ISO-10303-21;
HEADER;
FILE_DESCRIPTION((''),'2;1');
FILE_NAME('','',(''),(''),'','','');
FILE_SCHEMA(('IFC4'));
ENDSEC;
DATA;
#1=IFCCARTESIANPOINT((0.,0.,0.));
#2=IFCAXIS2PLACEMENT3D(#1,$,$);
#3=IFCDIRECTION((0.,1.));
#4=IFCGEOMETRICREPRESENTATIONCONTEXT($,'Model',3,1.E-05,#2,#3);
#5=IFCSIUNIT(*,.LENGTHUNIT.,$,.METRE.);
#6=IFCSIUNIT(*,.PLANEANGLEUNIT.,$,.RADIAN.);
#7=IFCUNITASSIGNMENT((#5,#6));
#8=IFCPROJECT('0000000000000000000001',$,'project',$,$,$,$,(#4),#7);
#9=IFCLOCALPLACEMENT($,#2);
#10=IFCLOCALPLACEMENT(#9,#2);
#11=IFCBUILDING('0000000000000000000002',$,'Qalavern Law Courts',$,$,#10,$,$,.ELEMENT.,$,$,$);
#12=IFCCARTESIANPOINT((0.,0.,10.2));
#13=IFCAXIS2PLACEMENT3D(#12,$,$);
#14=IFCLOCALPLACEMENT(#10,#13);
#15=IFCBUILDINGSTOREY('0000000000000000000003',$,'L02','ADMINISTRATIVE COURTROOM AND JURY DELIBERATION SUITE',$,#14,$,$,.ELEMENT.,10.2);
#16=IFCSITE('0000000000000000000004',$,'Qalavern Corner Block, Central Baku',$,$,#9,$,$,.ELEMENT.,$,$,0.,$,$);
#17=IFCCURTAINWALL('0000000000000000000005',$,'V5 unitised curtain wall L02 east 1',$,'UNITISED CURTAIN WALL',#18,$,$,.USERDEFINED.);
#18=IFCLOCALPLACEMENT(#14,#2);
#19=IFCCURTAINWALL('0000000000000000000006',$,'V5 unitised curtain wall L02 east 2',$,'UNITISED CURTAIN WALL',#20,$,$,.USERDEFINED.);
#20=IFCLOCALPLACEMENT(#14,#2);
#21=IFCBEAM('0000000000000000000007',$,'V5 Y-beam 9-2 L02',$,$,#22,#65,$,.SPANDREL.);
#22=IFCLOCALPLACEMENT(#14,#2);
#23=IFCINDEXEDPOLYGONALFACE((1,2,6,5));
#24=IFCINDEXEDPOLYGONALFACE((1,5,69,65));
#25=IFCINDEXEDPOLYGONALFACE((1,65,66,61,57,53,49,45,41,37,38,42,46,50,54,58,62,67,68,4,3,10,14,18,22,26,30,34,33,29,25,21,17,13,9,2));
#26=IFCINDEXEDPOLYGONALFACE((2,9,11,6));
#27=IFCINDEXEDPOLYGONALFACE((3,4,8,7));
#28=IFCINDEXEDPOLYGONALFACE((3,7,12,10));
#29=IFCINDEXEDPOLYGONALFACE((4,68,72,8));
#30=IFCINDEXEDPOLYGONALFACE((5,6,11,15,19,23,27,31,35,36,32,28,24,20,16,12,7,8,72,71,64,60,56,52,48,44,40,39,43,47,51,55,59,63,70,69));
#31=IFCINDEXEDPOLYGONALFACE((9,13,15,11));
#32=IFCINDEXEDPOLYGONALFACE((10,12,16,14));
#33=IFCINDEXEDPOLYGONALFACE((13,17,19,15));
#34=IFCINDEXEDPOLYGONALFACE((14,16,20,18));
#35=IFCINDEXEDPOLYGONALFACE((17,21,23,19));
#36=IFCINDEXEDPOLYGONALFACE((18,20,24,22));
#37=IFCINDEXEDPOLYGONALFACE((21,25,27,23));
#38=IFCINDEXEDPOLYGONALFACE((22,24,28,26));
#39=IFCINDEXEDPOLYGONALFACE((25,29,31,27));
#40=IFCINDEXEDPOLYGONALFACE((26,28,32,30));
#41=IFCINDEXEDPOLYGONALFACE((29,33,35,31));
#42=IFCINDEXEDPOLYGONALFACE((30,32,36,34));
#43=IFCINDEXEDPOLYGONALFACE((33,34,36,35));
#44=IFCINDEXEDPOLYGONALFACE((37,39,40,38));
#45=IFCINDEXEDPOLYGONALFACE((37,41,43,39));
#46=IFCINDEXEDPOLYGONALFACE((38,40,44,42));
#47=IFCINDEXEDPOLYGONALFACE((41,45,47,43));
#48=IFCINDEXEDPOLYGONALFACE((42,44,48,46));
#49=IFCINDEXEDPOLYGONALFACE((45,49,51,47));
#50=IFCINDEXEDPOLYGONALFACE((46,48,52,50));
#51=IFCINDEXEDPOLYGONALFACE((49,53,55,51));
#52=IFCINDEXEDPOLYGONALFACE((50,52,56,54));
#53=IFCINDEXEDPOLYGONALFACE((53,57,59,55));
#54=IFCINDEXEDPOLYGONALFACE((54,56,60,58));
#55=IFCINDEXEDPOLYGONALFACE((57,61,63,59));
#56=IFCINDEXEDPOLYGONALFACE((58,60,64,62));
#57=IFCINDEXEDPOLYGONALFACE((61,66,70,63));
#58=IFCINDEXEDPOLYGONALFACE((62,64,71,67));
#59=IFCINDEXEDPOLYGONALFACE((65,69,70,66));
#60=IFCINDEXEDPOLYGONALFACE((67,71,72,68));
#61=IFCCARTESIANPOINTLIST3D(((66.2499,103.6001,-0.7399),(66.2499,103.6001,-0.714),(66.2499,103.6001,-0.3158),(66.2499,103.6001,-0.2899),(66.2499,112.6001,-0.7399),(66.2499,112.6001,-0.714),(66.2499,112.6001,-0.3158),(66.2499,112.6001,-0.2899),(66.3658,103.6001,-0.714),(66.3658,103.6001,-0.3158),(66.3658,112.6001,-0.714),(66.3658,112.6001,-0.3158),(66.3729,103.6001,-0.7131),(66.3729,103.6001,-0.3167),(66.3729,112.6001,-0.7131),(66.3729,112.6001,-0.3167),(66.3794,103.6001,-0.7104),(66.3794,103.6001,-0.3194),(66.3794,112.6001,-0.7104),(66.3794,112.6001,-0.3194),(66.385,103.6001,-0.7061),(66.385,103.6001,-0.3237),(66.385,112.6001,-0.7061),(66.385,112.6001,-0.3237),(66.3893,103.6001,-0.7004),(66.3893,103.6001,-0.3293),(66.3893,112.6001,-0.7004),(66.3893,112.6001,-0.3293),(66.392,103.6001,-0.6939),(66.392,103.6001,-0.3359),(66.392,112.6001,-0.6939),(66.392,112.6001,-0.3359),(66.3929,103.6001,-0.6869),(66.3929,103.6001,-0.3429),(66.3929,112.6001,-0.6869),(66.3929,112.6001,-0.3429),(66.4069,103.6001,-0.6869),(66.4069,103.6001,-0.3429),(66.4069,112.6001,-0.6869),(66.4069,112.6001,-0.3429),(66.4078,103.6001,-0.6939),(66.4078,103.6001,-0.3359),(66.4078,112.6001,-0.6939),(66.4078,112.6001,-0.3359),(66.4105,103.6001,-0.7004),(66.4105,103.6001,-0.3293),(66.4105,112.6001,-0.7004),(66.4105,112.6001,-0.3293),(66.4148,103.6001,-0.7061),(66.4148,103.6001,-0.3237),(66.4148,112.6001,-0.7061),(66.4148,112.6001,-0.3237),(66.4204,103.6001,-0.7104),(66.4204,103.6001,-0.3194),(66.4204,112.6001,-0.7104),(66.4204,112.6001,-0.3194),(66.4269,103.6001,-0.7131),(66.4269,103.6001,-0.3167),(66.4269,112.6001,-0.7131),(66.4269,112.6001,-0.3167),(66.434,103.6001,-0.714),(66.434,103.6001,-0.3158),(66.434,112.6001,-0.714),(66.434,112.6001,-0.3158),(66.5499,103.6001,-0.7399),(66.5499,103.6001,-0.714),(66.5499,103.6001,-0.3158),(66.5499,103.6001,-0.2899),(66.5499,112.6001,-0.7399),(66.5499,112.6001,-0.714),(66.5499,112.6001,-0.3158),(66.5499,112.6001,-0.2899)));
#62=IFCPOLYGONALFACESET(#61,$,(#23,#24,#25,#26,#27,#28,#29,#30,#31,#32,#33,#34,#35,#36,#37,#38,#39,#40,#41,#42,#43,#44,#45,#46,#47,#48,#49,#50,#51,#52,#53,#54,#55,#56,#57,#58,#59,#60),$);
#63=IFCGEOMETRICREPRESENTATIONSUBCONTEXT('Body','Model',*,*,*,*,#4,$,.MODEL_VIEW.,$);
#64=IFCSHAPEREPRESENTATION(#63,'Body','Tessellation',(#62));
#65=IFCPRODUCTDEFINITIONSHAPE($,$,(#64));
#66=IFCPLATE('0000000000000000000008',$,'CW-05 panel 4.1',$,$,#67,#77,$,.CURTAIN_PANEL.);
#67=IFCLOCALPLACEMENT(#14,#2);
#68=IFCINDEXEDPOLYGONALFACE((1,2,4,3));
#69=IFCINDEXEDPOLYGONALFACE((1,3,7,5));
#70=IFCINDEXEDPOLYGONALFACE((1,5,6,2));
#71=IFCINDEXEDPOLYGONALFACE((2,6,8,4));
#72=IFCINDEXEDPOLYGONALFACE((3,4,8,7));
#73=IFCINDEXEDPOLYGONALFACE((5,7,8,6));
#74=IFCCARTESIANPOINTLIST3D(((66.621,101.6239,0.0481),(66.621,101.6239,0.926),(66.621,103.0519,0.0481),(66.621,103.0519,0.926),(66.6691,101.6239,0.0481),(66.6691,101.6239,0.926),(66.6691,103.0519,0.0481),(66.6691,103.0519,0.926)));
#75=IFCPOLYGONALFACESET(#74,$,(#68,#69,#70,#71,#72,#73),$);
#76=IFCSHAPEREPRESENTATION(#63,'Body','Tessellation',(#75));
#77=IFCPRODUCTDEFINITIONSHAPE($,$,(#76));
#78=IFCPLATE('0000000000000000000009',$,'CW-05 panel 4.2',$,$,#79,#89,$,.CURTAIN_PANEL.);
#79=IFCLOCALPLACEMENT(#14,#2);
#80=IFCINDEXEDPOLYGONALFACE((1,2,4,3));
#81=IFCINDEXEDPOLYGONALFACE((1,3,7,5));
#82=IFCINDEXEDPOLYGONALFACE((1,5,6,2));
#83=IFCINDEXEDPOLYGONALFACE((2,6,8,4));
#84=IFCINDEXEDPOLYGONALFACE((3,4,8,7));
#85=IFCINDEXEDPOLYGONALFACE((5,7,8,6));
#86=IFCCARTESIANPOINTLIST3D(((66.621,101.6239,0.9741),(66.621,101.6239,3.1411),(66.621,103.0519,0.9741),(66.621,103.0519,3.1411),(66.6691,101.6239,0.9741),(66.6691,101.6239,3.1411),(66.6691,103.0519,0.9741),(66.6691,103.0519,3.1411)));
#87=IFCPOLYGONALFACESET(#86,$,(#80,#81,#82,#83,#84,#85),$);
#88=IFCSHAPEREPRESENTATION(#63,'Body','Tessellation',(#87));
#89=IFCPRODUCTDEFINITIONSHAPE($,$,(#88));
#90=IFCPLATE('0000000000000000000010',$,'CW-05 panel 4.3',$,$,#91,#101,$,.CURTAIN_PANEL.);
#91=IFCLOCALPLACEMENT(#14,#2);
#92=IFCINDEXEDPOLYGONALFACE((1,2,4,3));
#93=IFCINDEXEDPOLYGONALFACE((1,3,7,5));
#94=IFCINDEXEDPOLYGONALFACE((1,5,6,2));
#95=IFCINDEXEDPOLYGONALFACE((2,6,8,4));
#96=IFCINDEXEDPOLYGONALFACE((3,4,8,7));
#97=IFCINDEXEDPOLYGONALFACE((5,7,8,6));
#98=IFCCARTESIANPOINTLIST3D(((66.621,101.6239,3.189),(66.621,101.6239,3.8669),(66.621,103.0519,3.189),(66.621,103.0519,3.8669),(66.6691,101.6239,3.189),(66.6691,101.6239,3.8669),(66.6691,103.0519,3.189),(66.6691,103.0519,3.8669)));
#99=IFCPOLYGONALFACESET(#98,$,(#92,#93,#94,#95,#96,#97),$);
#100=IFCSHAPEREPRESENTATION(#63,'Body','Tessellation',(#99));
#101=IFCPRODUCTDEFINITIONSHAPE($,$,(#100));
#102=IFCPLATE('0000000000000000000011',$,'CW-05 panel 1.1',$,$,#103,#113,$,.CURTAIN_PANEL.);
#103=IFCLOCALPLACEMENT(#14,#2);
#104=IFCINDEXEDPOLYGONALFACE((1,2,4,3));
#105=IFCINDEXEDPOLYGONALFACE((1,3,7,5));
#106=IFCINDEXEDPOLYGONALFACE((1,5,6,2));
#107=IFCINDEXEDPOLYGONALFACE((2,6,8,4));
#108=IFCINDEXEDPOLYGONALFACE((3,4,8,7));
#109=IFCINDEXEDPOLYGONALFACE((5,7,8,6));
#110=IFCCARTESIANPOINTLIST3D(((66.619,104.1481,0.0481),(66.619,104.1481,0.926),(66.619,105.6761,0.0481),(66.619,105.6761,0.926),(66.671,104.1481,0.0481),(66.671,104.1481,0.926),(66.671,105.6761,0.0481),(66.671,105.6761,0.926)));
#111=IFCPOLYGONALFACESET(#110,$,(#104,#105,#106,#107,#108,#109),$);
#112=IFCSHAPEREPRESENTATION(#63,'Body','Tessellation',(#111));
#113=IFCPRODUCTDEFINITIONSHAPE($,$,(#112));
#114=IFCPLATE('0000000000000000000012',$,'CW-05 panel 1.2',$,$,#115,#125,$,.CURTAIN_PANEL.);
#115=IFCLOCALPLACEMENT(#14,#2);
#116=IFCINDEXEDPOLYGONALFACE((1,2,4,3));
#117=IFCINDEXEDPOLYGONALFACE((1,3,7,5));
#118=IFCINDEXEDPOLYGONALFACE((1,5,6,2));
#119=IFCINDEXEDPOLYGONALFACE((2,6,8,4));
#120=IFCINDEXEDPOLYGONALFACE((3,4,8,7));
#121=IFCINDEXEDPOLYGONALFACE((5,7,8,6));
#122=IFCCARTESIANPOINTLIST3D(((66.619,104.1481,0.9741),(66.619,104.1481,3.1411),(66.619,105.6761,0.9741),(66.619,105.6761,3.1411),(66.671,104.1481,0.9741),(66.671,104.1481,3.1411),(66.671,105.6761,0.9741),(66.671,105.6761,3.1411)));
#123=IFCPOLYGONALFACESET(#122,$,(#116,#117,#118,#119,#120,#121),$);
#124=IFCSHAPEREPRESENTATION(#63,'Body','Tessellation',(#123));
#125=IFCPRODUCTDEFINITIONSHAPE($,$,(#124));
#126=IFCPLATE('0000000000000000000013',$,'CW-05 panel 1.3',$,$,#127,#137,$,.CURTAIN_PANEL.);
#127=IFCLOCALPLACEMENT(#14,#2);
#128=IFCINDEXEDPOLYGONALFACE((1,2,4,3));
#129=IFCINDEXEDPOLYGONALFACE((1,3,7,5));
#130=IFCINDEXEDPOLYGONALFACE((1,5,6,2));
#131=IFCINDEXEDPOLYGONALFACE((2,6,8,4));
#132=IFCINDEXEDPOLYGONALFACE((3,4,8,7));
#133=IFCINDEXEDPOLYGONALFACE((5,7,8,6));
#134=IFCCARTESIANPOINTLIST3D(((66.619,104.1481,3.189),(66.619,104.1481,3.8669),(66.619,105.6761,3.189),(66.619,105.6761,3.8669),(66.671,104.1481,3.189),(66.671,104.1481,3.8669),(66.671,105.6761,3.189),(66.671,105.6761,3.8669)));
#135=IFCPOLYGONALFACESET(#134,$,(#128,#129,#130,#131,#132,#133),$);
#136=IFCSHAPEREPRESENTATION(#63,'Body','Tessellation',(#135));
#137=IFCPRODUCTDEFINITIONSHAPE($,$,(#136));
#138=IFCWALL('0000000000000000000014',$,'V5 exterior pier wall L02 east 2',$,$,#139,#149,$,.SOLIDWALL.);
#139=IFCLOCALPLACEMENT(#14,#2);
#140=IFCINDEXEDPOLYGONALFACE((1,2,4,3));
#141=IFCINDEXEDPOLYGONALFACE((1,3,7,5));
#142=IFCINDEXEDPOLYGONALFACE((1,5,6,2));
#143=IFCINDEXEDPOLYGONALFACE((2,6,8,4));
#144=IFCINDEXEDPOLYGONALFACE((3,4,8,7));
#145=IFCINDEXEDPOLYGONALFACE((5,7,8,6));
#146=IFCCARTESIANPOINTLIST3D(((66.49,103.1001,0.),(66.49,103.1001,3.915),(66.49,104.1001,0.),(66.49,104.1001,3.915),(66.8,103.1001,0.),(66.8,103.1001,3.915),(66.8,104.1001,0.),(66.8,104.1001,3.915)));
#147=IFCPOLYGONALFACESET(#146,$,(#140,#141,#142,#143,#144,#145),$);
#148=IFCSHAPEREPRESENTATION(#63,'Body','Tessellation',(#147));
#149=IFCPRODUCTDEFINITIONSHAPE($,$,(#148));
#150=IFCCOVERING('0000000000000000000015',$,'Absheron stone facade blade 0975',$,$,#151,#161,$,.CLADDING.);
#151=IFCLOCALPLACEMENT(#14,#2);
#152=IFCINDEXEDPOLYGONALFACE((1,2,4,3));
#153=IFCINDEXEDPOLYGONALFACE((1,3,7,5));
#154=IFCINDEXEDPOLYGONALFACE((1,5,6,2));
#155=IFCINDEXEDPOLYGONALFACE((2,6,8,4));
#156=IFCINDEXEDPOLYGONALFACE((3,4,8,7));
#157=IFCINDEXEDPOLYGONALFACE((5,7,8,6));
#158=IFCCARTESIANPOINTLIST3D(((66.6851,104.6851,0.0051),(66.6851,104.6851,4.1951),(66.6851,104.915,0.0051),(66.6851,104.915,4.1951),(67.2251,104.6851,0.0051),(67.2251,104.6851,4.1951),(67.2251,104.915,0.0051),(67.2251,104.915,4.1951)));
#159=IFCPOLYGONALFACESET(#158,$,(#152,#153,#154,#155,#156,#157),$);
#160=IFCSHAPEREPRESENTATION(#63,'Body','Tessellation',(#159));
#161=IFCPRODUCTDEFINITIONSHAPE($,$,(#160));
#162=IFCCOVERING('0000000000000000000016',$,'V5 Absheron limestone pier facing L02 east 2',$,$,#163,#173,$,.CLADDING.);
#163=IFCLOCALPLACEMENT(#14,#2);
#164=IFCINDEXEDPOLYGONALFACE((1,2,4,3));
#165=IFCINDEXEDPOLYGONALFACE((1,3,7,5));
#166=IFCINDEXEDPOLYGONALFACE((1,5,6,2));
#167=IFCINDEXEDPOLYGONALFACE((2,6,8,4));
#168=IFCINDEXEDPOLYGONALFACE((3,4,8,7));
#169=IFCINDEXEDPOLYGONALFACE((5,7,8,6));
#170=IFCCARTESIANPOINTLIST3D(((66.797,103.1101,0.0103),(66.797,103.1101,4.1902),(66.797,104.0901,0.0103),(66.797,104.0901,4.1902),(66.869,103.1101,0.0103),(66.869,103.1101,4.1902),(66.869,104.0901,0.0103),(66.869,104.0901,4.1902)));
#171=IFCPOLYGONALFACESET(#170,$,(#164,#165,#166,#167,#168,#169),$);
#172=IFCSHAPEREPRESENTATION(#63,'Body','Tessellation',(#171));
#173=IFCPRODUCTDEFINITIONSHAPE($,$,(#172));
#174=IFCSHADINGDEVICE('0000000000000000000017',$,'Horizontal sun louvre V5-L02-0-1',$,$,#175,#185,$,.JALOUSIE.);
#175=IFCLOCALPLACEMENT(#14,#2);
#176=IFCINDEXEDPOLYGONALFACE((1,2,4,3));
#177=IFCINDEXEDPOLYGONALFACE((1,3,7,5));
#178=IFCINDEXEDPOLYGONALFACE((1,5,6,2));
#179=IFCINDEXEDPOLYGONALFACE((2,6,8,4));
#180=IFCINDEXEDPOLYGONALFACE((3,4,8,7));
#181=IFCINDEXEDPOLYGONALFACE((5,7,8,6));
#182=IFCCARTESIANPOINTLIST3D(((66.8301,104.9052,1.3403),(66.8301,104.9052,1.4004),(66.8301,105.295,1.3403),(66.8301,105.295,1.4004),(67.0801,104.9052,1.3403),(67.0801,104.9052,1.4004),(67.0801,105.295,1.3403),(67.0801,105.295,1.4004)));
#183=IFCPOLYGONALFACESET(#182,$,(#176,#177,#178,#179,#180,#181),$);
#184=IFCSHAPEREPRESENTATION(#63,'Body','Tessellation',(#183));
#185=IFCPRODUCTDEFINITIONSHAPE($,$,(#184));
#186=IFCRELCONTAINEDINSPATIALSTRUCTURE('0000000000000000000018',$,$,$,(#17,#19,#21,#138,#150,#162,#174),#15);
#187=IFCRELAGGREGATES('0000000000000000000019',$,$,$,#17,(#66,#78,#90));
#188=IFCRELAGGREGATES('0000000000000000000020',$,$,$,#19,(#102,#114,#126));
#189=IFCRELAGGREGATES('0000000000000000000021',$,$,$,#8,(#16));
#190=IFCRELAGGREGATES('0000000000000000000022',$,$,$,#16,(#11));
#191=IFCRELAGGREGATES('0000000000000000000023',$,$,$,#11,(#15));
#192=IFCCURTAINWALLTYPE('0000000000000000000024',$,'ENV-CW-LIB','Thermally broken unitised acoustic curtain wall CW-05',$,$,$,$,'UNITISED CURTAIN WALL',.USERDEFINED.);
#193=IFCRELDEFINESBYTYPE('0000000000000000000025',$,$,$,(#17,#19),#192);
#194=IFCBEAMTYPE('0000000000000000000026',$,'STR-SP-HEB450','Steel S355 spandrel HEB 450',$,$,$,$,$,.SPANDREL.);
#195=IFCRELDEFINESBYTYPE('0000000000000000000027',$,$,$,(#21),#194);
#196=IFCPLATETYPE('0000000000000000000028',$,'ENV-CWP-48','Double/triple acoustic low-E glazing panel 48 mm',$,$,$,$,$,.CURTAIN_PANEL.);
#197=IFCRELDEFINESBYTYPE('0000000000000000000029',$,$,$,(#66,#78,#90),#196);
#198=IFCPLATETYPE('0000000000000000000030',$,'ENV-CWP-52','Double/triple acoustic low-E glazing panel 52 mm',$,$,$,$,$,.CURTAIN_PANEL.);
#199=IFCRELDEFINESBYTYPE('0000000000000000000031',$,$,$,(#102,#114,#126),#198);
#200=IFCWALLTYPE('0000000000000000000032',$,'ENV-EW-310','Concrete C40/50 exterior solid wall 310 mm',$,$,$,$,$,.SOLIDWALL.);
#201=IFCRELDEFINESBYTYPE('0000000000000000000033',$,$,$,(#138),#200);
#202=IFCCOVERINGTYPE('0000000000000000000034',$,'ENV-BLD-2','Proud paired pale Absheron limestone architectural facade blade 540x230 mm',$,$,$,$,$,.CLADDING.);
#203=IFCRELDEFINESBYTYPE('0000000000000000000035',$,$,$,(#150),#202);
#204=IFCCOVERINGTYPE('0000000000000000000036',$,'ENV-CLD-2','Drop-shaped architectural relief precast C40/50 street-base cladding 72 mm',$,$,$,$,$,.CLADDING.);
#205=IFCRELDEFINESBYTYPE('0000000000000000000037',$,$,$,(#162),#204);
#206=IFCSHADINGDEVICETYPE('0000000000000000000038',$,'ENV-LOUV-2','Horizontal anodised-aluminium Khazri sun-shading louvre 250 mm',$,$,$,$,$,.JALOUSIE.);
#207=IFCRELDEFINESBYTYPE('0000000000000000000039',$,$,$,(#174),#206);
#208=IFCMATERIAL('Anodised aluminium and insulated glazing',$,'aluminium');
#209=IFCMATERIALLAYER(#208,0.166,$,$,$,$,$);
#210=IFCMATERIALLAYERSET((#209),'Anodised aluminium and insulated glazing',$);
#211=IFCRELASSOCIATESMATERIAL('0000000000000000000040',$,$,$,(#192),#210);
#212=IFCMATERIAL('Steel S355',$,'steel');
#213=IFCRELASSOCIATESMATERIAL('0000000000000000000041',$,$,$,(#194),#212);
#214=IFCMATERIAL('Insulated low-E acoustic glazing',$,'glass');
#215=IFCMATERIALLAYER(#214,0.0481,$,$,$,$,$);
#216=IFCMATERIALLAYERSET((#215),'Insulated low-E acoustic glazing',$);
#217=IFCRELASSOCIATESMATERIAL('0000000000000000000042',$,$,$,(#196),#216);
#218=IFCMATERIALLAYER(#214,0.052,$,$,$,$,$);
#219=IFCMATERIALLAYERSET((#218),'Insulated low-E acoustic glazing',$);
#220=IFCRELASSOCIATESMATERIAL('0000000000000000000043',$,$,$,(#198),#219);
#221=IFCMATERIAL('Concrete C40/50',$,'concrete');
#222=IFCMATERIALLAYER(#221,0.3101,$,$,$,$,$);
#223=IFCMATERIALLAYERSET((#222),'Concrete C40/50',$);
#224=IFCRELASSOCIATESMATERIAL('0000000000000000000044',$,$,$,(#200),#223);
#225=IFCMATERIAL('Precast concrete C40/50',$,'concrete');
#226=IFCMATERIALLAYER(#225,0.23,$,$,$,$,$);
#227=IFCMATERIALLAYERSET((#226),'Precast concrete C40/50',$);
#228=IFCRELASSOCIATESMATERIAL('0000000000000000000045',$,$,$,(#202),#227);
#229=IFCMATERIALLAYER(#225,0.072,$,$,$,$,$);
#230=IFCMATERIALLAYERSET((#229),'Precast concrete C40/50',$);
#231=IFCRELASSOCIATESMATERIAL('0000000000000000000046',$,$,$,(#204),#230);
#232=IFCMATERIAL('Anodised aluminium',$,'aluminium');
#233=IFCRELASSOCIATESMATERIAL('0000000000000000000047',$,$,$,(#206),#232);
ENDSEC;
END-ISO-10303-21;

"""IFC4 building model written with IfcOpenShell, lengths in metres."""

from ifc_helpers import new_model, si_unit, direction, frame, frame_2d, origin, origin_2d, place, context, subcontext, project, spatial, rectangle, i_section, extrude, material, layer, layer_set, material_profile, profile_set, type_object, element, aggregate, save


model = new_model("IFC4")

# Units and contexts
model_context = context("Model", 3, precision=1e-05, world=origin(), true_north=direction((0.0, 1.0)))
body_context = subcontext(model_context, "Body", "Model", "MODEL_VIEW")
ifc_project = project(units=[si_unit("LENGTHUNIT", "METRE"), si_unit("PLANEANGLEUNIT", "RADIAN")], contexts=[model_context])

# Site, building, storey
site_placement = place(None, origin())
site = spatial("IfcSite", under=ifc_project, at=site_placement, Name="Qalavern Corner Block, Central Baku", CompositionType="ELEMENT", RefElevation=0.0)
building_placement = place(site_placement, origin())
building = spatial("IfcBuilding", under=site, at=building_placement, Name="Qalavern Law Courts", CompositionType="ELEMENT")
storey_placement = place(building_placement, frame((0.0, 0.0, 10.2)))
storey = spatial("IfcBuildingStorey", under=building, at=storey_placement, Name="L02", Description="ADMINISTRATIVE COURTROOM AND JURY DELIBERATION SUITE", CompositionType="ELEMENT", Elevation=10.2)

# Curtain walls
ifc_material_1 = material(Name="Anodised aluminium and insulated glazing", Category="aluminium")
ifc_layer_1 = layer(ifc_material_1, 0.166)
ifc_layer_set_1 = layer_set([ifc_layer_1], Name="Anodised aluminium and insulated glazing")
curtain_wall_type = type_object("IfcCurtainWallType", Name="ENV-CW-LIB", Description="Thermally broken unitised acoustic curtain wall CW-05", ElementType="UNITISED CURTAIN WALL", PredefinedType="USERDEFINED", material=ifc_layer_set_1)
curtain_wall_1_placement = place(storey_placement, origin())
curtain_wall_1 = element("IfcCurtainWall", 1, at=curtain_wall_1_placement, inside=storey, type_object=curtain_wall_type, Name="V5 unitised curtain wall L02 east 1", ObjectType="UNITISED CURTAIN WALL", PredefinedType="USERDEFINED")
ifc_material_2 = material(Name="Anodised aluminium", Category="aluminium")
curtain_wall_2_placement = place(storey_placement, origin())
curtain_wall_2 = element("IfcCurtainWall", 2, at=curtain_wall_2_placement, inside=storey, type_object=curtain_wall_type, Name="V5 unitised curtain wall L02 east 2", ObjectType="UNITISED CURTAIN WALL", PredefinedType="USERDEFINED")

# Beam
ifc_material_3 = material(Name="Steel S355", Category="steel")
ifc_material_profile_1 = material_profile(ifc_material_3, i_section(OverallWidth=0.3, OverallDepth=0.45, WebThickness=0.0139, FlangeThickness=0.0259, FilletRadius=0.0271, at=origin_2d()), Name="HEB 450")
ifc_profile_set_1 = profile_set([ifc_material_profile_1], Name="Steel S355")
beam_type = type_object("IfcBeamType", Name="STR-SP-HEB450", Description="Steel S355 spandrel HEB 450", PredefinedType="SPANDREL", material=ifc_profile_set_1)
beam_placement = place(storey_placement, frame((66.3999, 103.6001, -0.5149), z_axis=(0.0, 1.0, 0.0), x_axis=(-1.0, 0.0, 0.0)))
element("IfcBeam", 3, at=beam_placement, inside=storey, type_object=beam_type, Name="V5 Y-beam 9-2 L02", PredefinedType="SPANDREL", context=body_context, shape_type="SweptSolid", body=[
    extrude(i_section(OverallWidth=0.3, OverallDepth=0.45, WebThickness=0.0139, FlangeThickness=0.0259, FilletRadius=0.0271, at=origin_2d()), origin(), (0.0, 0.0, 1.0), 9.0),
])

# Plates
ifc_material_4 = material(Name="Insulated low-E acoustic glazing", Category="glass")
ifc_layer_2 = layer(ifc_material_4, 0.0481)
ifc_layer_set_2 = layer_set([ifc_layer_2], Name="Insulated low-E acoustic glazing")
plate_type_1 = type_object("IfcPlateType", Name="ENV-CWP-48", Description="Double/triple acoustic low-E glazing panel 48 mm", PredefinedType="CURTAIN_PANEL", material=ifc_layer_set_2)
plate_1_placement = place(storey_placement, frame((66.645, 102.3379, 0.0481), z_axis=(0.0, 0.0, 1.0), x_axis=(0.0, 1.0, 0.0)))
plate_1 = element("IfcPlate", 4, at=plate_1_placement, type_object=plate_type_1, Name="CW-05 panel 4.1", PredefinedType="CURTAIN_PANEL", context=body_context, shape_type="SweptSolid", body=[
    extrude(rectangle(XDim=1.428, YDim=0.0481, at=origin_2d()), origin(), (0.0, 0.0, 1.0), 0.8779),
])
plate_2_placement = place(storey_placement, frame((66.645, 102.3379, 0.9741), z_axis=(0.0, 0.0, 1.0), x_axis=(0.0, 1.0, 0.0)))
plate_2 = element("IfcPlate", 5, at=plate_2_placement, type_object=plate_type_1, Name="CW-05 panel 4.2", PredefinedType="CURTAIN_PANEL", context=body_context, shape_type="SweptSolid", body=[
    extrude(rectangle(XDim=1.428, YDim=0.0481, at=origin_2d()), origin(), (0.0, 0.0, 1.0), 2.167),
])
plate_3_placement = place(storey_placement, frame((66.645, 102.3379, 3.189), z_axis=(0.0, 0.0, 1.0), x_axis=(0.0, 1.0, 0.0)))
plate_3 = element("IfcPlate", 6, at=plate_3_placement, type_object=plate_type_1, Name="CW-05 panel 4.3", PredefinedType="CURTAIN_PANEL", context=body_context, shape_type="SweptSolid", body=[
    extrude(rectangle(XDim=1.428, YDim=0.0481, at=origin_2d()), origin(), (0.0, 0.0, 1.0), 0.678),
])
aggregate(curtain_wall_1, [plate_1, plate_2, plate_3])
ifc_layer_3 = layer(ifc_material_4, 0.052)
ifc_layer_set_3 = layer_set([ifc_layer_3], Name="Insulated low-E acoustic glazing")
plate_type_2 = type_object("IfcPlateType", Name="ENV-CWP-52", Description="Double/triple acoustic low-E glazing panel 52 mm", PredefinedType="CURTAIN_PANEL", material=ifc_layer_set_3)
plate_4_placement = place(storey_placement, frame((66.645, 104.9121, 0.0481), z_axis=(0.0, 0.0, 1.0), x_axis=(0.0, 1.0, 0.0)))
plate_4 = element("IfcPlate", 7, at=plate_4_placement, type_object=plate_type_2, Name="CW-05 panel 1.1", PredefinedType="CURTAIN_PANEL", context=body_context, shape_type="SweptSolid", body=[
    extrude(rectangle(XDim=1.5281, YDim=0.052, at=origin_2d()), origin(), (0.0, 0.0, 1.0), 0.8779),
])
plate_5_placement = place(storey_placement, frame((66.645, 104.9121, 0.9741), z_axis=(0.0, 0.0, 1.0), x_axis=(0.0, 1.0, 0.0)))
plate_5 = element("IfcPlate", 8, at=plate_5_placement, type_object=plate_type_2, Name="CW-05 panel 1.2", PredefinedType="CURTAIN_PANEL", context=body_context, shape_type="SweptSolid", body=[
    extrude(rectangle(XDim=1.5281, YDim=0.052, at=origin_2d()), origin(), (0.0, 0.0, 1.0), 2.167),
])
plate_6_placement = place(storey_placement, frame((66.645, 104.9121, 3.189), z_axis=(0.0, 0.0, 1.0), x_axis=(0.0, 1.0, 0.0)))
plate_6 = element("IfcPlate", 9, at=plate_6_placement, type_object=plate_type_2, Name="CW-05 panel 1.3", PredefinedType="CURTAIN_PANEL", context=body_context, shape_type="SweptSolid", body=[
    extrude(rectangle(XDim=1.5281, YDim=0.052, at=origin_2d()), origin(), (0.0, 0.0, 1.0), 0.678),
])
aggregate(curtain_wall_2, [plate_4, plate_5, plate_6])

# Wall
ifc_material_5 = material(Name="Concrete C40/50", Category="concrete")
ifc_layer_4 = layer(ifc_material_5, 0.3101)
ifc_layer_set_4 = layer_set([ifc_layer_4], Name="Concrete C40/50")
wall_type = type_object("IfcWallType", Name="ENV-EW-310", Description="Concrete C40/50 exterior solid wall 310 mm", PredefinedType="SOLIDWALL", material=ifc_layer_set_4)
wall_placement = place(storey_placement, frame((66.645, 103.1001, 0.0), z_axis=(0.0, 0.0, 1.0), x_axis=(0.0, 1.0, 0.0)))
element("IfcWall", 10, at=wall_placement, inside=storey, type_object=wall_type, Name="V5 exterior pier wall L02 east 2", PredefinedType="SOLIDWALL", context=body_context, shape_type="SweptSolid", body=[
    extrude(rectangle(XDim=1.0, YDim=0.3101, at=frame_2d((0.5, 0.0))), origin(), (0.0, 0.0, 1.0), 3.915),
])

# Coverings
ifc_material_6 = material(Name="Precast concrete C40/50", Category="concrete")
ifc_layer_5 = layer(ifc_material_6, 0.23)
ifc_layer_set_5 = layer_set([ifc_layer_5], Name="Precast concrete C40/50")
covering_type_1 = type_object("IfcCoveringType", Name="ENV-BLD-2", Description="Proud paired pale Absheron limestone architectural facade blade 540x230 mm", PredefinedType="CLADDING", material=ifc_layer_set_5)
covering_1_placement = place(storey_placement, frame((66.9551, 104.8, 0.0051), z_axis=(0.0, 0.0, 1.0), x_axis=(1.0, 0.0, 0.0)))
element("IfcCovering", 11, at=covering_1_placement, inside=storey, type_object=covering_type_1, Name="Absheron stone facade blade 0975", PredefinedType="CLADDING", context=body_context, shape_type="SweptSolid", body=[
    extrude(rectangle(XDim=0.54, YDim=0.23, at=origin_2d()), origin(), (0.0, 0.0, 1.0), 4.1899),
])
ifc_layer_6 = layer(ifc_material_6, 0.072)
ifc_layer_set_6 = layer_set([ifc_layer_6], Name="Precast concrete C40/50")
covering_type_2 = type_object("IfcCoveringType", Name="ENV-CLD-2", Description="Drop-shaped architectural relief precast C40/50 street-base cladding 72 mm", PredefinedType="CLADDING", material=ifc_layer_set_6)
covering_2_placement = place(storey_placement, frame((66.833, 103.6001, 0.0103), z_axis=(0.0, 0.0, 1.0), x_axis=(0.0, 1.0, 0.0)))
element("IfcCovering", 12, at=covering_2_placement, inside=storey, type_object=covering_type_2, Name="V5 Absheron limestone pier facing L02 east 2", PredefinedType="CLADDING", context=body_context, shape_type="SweptSolid", body=[
    extrude(rectangle(XDim=0.98, YDim=0.072, at=origin_2d()), origin(), (0.0, 0.0, 1.0), 4.1799),
])

# Shading device
shading_device_type = type_object("IfcShadingDeviceType", Name="ENV-LOUV-2", Description="Horizontal anodised-aluminium Khazri sun-shading louvre 250 mm", PredefinedType="JALOUSIE", material=ifc_material_2)
shading_device_placement = place(storey_placement, frame((66.9551, 105.1001, 1.3403), z_axis=(0.0, 0.0, 1.0), x_axis=(0.0, 1.0, 0.0)))
element("IfcShadingDevice", 13, at=shading_device_placement, inside=storey, type_object=shading_device_type, Name="Horizontal sun louvre V5-L02-0-1", PredefinedType="JALOUSIE", context=body_context, shape_type="SweptSolid", body=[
    extrude(rectangle(XDim=0.3899, YDim=0.25, at=origin_2d()), origin(), (0.0, 0.0, 1.0), 0.0601),
])

save(model, "model.ifc")
